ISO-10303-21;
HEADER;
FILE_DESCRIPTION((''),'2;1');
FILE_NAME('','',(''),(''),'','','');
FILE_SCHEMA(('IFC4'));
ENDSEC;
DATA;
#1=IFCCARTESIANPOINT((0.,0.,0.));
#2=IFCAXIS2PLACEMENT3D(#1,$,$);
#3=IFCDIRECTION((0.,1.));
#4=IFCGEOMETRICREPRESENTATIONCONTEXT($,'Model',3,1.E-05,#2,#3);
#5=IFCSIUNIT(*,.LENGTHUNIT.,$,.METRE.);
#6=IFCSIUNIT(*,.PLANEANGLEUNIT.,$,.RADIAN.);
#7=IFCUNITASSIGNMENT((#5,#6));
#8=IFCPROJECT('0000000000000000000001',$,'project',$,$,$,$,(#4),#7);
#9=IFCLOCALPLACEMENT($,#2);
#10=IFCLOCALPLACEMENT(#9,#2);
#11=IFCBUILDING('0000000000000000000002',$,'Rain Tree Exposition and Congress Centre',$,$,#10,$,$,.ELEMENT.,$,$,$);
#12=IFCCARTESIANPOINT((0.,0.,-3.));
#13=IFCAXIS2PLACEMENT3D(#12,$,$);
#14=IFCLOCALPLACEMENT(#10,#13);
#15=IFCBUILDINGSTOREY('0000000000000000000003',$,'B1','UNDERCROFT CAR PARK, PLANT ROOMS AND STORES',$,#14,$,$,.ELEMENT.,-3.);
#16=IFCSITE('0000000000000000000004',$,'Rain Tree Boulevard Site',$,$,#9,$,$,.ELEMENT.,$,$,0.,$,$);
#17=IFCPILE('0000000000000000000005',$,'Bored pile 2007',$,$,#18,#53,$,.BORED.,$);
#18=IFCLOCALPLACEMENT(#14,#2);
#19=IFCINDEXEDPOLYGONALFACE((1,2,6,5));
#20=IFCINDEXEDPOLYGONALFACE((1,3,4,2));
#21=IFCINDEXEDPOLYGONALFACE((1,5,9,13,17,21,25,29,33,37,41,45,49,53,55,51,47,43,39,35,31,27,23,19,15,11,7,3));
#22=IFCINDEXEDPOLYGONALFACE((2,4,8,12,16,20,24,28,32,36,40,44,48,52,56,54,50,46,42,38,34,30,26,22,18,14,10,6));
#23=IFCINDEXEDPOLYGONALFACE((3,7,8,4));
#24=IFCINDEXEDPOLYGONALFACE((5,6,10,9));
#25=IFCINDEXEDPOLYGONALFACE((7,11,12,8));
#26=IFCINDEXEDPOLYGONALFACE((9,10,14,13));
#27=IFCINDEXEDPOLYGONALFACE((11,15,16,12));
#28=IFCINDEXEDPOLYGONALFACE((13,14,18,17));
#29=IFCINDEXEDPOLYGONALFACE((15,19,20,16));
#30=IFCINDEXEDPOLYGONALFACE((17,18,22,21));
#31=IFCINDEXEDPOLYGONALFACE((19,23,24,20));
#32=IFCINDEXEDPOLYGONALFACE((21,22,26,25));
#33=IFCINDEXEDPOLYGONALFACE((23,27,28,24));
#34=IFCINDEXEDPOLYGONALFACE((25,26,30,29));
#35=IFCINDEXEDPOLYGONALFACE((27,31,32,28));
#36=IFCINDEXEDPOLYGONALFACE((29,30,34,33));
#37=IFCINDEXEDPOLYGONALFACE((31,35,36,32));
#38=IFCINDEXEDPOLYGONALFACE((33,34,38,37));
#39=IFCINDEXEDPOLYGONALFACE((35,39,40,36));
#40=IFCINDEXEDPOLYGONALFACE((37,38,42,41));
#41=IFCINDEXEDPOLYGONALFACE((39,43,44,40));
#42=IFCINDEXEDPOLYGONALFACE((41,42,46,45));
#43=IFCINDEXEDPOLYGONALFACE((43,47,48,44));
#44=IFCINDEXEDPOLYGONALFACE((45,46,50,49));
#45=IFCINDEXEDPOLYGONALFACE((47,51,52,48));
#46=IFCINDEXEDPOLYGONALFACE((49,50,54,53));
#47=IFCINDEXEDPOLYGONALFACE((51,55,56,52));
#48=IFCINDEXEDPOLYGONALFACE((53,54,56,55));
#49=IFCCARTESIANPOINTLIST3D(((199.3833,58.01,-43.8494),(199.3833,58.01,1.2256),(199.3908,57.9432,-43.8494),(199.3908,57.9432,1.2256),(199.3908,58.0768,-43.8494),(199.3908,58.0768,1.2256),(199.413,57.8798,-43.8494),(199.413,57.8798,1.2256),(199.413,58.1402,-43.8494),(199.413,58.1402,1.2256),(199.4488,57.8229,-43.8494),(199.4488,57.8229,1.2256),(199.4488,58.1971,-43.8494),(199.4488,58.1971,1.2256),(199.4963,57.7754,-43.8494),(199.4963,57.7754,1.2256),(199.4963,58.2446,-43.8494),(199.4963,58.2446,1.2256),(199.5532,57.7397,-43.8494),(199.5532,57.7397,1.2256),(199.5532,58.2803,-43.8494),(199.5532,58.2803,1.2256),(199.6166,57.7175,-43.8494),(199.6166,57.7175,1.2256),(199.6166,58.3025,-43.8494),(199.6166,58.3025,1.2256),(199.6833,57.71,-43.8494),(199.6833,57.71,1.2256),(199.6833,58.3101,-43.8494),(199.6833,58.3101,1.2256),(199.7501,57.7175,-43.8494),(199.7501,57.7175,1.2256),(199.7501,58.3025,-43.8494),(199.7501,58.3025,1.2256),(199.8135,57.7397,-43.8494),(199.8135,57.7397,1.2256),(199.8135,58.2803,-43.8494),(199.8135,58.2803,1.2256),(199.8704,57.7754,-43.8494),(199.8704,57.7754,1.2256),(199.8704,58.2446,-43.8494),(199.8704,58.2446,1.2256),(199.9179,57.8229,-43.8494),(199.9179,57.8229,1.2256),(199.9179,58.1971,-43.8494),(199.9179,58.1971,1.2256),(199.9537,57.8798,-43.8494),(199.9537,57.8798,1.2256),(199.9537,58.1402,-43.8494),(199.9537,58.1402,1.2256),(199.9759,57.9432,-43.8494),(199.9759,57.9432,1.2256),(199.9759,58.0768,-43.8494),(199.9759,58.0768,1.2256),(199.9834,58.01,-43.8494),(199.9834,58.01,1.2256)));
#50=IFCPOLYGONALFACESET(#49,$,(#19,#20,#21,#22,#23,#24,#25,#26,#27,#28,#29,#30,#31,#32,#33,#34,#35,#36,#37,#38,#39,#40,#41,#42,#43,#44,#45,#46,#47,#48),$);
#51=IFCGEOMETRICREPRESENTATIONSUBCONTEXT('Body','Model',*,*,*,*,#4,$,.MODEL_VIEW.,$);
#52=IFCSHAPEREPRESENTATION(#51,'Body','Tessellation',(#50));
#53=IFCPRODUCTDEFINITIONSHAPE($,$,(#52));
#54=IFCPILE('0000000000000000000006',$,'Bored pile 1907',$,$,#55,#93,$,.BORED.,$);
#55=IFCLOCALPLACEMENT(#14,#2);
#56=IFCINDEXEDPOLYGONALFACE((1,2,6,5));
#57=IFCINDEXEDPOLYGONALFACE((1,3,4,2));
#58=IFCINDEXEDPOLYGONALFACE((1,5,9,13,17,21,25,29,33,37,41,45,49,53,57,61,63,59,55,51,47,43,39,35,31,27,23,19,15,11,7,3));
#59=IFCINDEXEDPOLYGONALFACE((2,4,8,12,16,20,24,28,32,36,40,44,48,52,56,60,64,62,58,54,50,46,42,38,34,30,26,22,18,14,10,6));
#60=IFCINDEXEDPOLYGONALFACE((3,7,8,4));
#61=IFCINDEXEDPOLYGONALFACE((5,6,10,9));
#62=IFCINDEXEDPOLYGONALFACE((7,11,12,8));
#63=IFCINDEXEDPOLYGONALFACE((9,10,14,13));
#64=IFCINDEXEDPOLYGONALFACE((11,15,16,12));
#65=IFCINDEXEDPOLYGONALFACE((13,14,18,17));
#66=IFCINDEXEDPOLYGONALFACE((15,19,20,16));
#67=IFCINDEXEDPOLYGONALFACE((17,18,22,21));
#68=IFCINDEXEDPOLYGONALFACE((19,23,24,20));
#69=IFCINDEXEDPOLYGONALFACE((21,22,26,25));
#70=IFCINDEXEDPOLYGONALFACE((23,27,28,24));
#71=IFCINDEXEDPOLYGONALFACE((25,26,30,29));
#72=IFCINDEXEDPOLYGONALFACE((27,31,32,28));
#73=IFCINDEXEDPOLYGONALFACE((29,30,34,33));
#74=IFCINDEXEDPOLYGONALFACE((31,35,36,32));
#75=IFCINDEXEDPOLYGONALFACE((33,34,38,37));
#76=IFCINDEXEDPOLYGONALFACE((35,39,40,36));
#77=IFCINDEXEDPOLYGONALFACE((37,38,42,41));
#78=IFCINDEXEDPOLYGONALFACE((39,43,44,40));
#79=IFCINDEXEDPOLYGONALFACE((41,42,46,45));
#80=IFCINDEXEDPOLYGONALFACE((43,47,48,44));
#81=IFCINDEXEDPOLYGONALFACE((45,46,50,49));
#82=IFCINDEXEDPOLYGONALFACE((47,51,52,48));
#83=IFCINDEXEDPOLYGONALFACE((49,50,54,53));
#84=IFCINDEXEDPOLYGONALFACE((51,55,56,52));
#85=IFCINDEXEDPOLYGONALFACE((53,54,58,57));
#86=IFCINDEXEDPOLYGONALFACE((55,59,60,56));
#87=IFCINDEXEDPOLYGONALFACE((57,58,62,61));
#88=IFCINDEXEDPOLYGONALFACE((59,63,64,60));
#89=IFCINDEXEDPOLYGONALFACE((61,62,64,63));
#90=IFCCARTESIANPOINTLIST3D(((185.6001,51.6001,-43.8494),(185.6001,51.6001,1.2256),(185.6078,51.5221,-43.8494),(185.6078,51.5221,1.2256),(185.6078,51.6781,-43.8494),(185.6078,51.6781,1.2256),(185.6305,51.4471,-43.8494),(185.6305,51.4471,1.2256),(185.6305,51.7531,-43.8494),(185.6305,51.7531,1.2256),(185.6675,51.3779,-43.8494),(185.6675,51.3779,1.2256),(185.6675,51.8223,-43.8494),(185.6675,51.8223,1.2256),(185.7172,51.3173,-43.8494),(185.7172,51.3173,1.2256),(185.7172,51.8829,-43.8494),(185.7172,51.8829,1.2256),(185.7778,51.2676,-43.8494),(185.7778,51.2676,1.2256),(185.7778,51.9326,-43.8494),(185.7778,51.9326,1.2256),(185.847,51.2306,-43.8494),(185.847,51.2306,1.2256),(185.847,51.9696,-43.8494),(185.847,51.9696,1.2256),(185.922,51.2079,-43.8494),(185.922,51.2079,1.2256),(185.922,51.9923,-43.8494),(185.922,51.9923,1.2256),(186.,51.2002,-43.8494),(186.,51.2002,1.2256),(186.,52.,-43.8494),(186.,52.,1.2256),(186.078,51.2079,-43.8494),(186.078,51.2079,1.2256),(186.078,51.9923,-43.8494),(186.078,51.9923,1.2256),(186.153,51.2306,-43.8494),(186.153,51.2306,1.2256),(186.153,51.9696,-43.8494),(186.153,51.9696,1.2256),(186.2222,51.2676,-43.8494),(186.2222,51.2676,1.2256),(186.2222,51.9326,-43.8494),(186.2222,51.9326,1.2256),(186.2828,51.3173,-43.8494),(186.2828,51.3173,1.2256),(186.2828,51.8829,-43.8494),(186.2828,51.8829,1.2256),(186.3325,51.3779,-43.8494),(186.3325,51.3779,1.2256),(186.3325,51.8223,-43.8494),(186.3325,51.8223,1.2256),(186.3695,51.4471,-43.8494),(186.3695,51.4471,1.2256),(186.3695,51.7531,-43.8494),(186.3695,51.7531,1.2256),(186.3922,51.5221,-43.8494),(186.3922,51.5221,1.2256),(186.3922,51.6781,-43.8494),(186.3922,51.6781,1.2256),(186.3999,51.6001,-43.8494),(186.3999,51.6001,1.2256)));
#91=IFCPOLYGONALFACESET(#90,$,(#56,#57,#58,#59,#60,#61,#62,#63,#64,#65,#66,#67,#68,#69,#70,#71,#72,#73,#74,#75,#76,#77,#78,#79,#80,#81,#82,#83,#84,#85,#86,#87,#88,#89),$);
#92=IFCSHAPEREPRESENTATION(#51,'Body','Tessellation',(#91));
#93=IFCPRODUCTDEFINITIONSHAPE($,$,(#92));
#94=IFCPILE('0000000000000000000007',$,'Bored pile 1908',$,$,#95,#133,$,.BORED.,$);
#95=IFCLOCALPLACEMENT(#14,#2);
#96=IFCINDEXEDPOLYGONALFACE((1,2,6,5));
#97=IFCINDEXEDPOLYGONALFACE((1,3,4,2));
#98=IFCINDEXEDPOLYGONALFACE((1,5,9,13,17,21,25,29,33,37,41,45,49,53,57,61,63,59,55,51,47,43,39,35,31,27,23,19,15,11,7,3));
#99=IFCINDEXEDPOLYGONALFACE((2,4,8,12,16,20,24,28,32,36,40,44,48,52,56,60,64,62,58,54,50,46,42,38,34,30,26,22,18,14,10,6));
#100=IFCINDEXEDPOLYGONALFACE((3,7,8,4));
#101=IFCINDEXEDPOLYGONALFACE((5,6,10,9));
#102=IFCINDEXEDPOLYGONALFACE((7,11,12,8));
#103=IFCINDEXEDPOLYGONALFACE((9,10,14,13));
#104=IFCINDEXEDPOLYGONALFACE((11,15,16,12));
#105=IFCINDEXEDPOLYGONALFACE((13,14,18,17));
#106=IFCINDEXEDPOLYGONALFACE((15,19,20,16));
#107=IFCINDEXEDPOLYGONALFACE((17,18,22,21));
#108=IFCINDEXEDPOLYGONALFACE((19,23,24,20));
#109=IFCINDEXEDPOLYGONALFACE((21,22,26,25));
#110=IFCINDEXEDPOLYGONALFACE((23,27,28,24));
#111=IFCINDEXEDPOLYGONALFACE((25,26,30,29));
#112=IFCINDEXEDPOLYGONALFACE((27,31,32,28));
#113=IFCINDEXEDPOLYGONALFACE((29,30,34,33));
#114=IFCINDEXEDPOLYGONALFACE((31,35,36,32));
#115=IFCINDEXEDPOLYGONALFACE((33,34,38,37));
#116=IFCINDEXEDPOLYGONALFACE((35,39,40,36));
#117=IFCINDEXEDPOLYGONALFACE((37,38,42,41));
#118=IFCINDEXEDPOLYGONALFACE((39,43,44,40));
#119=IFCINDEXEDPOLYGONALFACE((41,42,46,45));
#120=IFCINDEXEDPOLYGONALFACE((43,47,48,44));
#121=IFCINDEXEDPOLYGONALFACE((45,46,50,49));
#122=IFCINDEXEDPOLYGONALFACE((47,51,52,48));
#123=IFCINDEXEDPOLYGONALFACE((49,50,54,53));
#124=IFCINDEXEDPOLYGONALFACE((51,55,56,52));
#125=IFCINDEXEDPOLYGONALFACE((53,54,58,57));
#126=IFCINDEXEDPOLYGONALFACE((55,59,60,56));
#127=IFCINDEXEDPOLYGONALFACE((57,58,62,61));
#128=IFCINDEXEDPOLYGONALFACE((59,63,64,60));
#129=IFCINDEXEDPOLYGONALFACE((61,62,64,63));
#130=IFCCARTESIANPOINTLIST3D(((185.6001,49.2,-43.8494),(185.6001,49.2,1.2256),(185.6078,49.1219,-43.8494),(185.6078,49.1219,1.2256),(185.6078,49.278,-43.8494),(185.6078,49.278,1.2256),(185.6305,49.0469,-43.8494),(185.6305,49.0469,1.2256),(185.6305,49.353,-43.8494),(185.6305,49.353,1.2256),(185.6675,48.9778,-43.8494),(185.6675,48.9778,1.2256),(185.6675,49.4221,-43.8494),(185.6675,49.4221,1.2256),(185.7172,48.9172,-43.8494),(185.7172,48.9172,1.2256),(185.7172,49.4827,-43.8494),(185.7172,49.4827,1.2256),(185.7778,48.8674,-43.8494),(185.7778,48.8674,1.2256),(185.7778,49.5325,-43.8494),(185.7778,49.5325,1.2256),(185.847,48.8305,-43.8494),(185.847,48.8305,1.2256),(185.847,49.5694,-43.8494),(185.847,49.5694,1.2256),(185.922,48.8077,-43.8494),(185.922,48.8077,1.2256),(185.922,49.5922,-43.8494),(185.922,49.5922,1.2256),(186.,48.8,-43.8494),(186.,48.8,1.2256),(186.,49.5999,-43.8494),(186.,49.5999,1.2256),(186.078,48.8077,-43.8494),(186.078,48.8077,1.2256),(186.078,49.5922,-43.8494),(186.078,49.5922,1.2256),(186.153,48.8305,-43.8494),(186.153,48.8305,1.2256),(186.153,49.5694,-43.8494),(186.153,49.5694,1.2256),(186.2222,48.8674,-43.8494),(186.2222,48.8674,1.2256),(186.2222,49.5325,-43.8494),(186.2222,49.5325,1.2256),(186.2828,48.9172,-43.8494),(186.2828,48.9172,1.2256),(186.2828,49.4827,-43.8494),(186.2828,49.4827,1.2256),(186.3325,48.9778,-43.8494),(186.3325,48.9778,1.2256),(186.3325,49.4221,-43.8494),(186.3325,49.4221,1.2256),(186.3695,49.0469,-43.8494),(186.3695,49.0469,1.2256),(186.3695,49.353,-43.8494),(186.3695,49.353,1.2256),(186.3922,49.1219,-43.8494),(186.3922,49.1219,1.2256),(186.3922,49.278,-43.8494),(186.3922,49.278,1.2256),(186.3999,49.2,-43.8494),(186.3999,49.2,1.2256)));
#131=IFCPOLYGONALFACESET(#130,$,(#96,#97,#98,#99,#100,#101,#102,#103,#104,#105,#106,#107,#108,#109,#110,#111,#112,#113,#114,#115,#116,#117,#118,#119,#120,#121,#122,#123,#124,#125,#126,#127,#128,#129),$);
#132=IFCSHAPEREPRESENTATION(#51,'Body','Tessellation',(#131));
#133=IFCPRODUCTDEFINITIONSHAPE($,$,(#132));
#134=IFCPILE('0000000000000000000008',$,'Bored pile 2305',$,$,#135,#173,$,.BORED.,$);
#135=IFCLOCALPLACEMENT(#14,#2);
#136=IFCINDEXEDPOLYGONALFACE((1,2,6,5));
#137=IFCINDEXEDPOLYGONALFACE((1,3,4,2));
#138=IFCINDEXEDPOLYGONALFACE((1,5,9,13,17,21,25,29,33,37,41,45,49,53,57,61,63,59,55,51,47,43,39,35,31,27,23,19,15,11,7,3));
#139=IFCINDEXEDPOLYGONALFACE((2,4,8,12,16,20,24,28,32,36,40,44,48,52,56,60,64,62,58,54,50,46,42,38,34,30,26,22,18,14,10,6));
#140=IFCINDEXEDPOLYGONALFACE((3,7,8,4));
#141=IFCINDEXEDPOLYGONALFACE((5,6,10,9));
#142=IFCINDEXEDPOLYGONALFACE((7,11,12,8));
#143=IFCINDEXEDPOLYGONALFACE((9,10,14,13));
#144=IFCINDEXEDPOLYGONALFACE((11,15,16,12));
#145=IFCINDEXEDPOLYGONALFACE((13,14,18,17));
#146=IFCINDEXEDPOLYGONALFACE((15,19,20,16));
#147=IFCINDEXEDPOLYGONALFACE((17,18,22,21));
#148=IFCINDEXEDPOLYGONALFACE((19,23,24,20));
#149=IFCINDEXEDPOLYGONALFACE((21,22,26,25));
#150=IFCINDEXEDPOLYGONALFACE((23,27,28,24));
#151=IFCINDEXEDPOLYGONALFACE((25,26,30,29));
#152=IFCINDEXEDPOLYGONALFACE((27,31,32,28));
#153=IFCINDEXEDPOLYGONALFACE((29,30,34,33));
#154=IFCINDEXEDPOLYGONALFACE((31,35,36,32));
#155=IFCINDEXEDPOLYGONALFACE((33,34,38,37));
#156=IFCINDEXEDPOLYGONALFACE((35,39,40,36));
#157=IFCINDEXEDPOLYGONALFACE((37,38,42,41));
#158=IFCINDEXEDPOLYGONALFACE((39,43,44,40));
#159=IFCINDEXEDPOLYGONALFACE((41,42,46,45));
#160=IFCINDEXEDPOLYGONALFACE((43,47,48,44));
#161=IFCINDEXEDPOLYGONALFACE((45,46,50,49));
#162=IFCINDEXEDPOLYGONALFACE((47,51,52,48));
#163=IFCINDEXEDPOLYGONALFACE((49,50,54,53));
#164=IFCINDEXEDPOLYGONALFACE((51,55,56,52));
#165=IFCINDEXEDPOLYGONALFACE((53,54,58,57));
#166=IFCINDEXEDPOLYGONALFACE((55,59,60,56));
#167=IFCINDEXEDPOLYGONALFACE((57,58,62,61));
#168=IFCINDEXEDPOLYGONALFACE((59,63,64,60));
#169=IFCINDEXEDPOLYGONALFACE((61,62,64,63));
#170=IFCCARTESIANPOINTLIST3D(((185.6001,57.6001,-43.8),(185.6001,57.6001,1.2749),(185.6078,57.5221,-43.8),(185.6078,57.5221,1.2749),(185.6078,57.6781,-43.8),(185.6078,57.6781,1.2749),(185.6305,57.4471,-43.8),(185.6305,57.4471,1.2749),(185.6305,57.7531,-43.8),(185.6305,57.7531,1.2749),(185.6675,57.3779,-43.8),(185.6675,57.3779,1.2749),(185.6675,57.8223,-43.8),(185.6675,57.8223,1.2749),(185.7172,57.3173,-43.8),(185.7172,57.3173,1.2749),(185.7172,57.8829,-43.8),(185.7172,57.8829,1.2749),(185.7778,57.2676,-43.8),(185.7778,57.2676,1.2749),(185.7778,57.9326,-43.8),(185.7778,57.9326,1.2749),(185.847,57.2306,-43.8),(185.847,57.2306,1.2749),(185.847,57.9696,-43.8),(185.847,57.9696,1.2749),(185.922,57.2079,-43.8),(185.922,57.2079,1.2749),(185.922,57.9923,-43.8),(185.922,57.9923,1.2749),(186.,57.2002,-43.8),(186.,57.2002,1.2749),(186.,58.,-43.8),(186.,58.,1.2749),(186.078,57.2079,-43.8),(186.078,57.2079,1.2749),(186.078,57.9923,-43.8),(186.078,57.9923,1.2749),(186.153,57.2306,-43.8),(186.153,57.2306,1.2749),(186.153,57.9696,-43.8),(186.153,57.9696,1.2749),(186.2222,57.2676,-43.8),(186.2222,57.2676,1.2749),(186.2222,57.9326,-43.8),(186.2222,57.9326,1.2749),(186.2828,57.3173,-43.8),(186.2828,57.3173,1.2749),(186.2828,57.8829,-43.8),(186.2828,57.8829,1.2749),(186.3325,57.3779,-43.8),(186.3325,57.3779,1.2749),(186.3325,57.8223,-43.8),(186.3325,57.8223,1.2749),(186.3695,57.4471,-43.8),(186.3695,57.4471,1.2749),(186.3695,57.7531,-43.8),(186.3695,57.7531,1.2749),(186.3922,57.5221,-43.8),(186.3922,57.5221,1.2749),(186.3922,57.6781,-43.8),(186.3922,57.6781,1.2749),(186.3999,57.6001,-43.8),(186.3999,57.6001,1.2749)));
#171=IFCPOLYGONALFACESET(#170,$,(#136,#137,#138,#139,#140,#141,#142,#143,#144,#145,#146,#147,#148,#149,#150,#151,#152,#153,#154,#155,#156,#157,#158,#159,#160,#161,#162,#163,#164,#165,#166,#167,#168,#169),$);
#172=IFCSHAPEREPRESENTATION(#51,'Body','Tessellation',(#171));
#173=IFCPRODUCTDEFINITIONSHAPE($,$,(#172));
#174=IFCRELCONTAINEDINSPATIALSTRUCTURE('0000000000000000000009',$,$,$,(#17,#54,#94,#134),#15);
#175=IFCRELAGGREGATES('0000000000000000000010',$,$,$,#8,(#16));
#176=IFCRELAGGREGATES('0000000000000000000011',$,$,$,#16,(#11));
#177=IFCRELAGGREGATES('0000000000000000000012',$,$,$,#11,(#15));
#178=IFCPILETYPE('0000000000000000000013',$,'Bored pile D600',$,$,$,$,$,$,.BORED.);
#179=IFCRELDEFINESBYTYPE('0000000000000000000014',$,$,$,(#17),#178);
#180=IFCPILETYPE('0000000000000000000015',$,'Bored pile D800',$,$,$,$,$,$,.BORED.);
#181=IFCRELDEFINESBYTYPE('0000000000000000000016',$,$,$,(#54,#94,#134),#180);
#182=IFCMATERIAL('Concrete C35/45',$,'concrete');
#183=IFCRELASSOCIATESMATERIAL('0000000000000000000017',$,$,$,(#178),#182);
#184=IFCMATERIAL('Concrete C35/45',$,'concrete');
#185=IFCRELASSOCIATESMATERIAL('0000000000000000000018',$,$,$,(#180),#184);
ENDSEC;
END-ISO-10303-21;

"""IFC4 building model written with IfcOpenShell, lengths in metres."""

from ifc_helpers import new_model, si_unit, direction, frame, origin, origin_2d, place, context, subcontext, project, spatial, circle, extrude, material, material_profile, profile_set, type_object, element, save


model = new_model("IFC4")

# Units and contexts
model_context = context("Model", 3, precision=1e-05, world=origin(), true_north=direction((0.0, 1.0)))
body_context = subcontext(model_context, "Body", "Model", "MODEL_VIEW")
ifc_project = project(units=[si_unit("LENGTHUNIT", "METRE"), si_unit("PLANEANGLEUNIT", "RADIAN")], contexts=[model_context])

# Site, building, storey
site_placement = place(None, origin())
site = spatial("IfcSite", under=ifc_project, at=site_placement, Name="Rain Tree Boulevard Site", CompositionType="ELEMENT", RefElevation=0.0)
building_placement = place(site_placement, origin())
building = spatial("IfcBuilding", under=site, at=building_placement, Name="Rain Tree Exposition and Congress Centre", CompositionType="ELEMENT")
storey_placement = place(building_placement, frame((0.0, 0.0, -3.0)))
storey = spatial("IfcBuildingStorey", under=building, at=storey_placement, Name="B1", Description="UNDERCROFT CAR PARK, PLANT ROOMS AND STORES", CompositionType="ELEMENT", Elevation=-3.0)

# Piles
ifc_material_1 = material(Name="Concrete C35/45", Category="concrete")
ifc_material_profile_1 = material_profile(ifc_material_1, circle(Radius=0.3, at=origin_2d()), Name="D600")
ifc_profile_set_1 = profile_set([ifc_material_profile_1], Name="Concrete C35/45")
pile_type_1 = type_object("IfcPileType", Name="Bored pile D600", PredefinedType="BORED", material=ifc_profile_set_1)
for number, where, z_axis, x_axis, name in (
    (1, (199.6833, 58.01, 1.2256), (0.0, 0.0, -1.0), (1.0, 0.0, 0.0), "Bored pile 2007"),
):
    element("IfcPile", number, at=place(storey_placement, frame(where, z_axis=z_axis, x_axis=x_axis)), inside=storey, type_object=pile_type_1, Name=name, PredefinedType="BORED", context=body_context, shape_type="SweptSolid", body=[
        extrude(circle(Radius=0.3, at=origin_2d()), origin(), (0.0, 0.0, 1.0), 45.075),
    ])
ifc_material_2 = material(Name="Concrete C35/45", Category="concrete")
ifc_material_profile_2 = material_profile(ifc_material_2, circle(Radius=0.3999, at=origin_2d()), Name="D800")
ifc_profile_set_2 = profile_set([ifc_material_profile_2], Name="Concrete C35/45")
pile_type_2 = type_object("IfcPileType", Name="Bored pile D800", PredefinedType="BORED", material=ifc_profile_set_2)
for number, where, z_axis, x_axis, name in (
    (2, (186.0, 51.6001, 1.2256), (0.0, 0.0, -1.0), (1.0, 0.0, 0.0), "Bored pile 1907"),
    (3, (186.0, 49.2, 1.2256), (0.0, 0.0, -1.0), (1.0, 0.0, 0.0), "Bored pile 1908"),
    (4, (186.0, 57.6001, 1.2749), (0.0, 0.0, -1.0), (1.0, 0.0, 0.0), "Bored pile 2305"),
):
    element("IfcPile", number, at=place(storey_placement, frame(where, z_axis=z_axis, x_axis=x_axis)), inside=storey, type_object=pile_type_2, Name=name, PredefinedType="BORED", context=body_context, shape_type="SweptSolid", body=[
        extrude(circle(Radius=0.3999, at=origin_2d()), origin(), (0.0, 0.0, 1.0), 45.075),
    ])

save(model, "model.ifc")
